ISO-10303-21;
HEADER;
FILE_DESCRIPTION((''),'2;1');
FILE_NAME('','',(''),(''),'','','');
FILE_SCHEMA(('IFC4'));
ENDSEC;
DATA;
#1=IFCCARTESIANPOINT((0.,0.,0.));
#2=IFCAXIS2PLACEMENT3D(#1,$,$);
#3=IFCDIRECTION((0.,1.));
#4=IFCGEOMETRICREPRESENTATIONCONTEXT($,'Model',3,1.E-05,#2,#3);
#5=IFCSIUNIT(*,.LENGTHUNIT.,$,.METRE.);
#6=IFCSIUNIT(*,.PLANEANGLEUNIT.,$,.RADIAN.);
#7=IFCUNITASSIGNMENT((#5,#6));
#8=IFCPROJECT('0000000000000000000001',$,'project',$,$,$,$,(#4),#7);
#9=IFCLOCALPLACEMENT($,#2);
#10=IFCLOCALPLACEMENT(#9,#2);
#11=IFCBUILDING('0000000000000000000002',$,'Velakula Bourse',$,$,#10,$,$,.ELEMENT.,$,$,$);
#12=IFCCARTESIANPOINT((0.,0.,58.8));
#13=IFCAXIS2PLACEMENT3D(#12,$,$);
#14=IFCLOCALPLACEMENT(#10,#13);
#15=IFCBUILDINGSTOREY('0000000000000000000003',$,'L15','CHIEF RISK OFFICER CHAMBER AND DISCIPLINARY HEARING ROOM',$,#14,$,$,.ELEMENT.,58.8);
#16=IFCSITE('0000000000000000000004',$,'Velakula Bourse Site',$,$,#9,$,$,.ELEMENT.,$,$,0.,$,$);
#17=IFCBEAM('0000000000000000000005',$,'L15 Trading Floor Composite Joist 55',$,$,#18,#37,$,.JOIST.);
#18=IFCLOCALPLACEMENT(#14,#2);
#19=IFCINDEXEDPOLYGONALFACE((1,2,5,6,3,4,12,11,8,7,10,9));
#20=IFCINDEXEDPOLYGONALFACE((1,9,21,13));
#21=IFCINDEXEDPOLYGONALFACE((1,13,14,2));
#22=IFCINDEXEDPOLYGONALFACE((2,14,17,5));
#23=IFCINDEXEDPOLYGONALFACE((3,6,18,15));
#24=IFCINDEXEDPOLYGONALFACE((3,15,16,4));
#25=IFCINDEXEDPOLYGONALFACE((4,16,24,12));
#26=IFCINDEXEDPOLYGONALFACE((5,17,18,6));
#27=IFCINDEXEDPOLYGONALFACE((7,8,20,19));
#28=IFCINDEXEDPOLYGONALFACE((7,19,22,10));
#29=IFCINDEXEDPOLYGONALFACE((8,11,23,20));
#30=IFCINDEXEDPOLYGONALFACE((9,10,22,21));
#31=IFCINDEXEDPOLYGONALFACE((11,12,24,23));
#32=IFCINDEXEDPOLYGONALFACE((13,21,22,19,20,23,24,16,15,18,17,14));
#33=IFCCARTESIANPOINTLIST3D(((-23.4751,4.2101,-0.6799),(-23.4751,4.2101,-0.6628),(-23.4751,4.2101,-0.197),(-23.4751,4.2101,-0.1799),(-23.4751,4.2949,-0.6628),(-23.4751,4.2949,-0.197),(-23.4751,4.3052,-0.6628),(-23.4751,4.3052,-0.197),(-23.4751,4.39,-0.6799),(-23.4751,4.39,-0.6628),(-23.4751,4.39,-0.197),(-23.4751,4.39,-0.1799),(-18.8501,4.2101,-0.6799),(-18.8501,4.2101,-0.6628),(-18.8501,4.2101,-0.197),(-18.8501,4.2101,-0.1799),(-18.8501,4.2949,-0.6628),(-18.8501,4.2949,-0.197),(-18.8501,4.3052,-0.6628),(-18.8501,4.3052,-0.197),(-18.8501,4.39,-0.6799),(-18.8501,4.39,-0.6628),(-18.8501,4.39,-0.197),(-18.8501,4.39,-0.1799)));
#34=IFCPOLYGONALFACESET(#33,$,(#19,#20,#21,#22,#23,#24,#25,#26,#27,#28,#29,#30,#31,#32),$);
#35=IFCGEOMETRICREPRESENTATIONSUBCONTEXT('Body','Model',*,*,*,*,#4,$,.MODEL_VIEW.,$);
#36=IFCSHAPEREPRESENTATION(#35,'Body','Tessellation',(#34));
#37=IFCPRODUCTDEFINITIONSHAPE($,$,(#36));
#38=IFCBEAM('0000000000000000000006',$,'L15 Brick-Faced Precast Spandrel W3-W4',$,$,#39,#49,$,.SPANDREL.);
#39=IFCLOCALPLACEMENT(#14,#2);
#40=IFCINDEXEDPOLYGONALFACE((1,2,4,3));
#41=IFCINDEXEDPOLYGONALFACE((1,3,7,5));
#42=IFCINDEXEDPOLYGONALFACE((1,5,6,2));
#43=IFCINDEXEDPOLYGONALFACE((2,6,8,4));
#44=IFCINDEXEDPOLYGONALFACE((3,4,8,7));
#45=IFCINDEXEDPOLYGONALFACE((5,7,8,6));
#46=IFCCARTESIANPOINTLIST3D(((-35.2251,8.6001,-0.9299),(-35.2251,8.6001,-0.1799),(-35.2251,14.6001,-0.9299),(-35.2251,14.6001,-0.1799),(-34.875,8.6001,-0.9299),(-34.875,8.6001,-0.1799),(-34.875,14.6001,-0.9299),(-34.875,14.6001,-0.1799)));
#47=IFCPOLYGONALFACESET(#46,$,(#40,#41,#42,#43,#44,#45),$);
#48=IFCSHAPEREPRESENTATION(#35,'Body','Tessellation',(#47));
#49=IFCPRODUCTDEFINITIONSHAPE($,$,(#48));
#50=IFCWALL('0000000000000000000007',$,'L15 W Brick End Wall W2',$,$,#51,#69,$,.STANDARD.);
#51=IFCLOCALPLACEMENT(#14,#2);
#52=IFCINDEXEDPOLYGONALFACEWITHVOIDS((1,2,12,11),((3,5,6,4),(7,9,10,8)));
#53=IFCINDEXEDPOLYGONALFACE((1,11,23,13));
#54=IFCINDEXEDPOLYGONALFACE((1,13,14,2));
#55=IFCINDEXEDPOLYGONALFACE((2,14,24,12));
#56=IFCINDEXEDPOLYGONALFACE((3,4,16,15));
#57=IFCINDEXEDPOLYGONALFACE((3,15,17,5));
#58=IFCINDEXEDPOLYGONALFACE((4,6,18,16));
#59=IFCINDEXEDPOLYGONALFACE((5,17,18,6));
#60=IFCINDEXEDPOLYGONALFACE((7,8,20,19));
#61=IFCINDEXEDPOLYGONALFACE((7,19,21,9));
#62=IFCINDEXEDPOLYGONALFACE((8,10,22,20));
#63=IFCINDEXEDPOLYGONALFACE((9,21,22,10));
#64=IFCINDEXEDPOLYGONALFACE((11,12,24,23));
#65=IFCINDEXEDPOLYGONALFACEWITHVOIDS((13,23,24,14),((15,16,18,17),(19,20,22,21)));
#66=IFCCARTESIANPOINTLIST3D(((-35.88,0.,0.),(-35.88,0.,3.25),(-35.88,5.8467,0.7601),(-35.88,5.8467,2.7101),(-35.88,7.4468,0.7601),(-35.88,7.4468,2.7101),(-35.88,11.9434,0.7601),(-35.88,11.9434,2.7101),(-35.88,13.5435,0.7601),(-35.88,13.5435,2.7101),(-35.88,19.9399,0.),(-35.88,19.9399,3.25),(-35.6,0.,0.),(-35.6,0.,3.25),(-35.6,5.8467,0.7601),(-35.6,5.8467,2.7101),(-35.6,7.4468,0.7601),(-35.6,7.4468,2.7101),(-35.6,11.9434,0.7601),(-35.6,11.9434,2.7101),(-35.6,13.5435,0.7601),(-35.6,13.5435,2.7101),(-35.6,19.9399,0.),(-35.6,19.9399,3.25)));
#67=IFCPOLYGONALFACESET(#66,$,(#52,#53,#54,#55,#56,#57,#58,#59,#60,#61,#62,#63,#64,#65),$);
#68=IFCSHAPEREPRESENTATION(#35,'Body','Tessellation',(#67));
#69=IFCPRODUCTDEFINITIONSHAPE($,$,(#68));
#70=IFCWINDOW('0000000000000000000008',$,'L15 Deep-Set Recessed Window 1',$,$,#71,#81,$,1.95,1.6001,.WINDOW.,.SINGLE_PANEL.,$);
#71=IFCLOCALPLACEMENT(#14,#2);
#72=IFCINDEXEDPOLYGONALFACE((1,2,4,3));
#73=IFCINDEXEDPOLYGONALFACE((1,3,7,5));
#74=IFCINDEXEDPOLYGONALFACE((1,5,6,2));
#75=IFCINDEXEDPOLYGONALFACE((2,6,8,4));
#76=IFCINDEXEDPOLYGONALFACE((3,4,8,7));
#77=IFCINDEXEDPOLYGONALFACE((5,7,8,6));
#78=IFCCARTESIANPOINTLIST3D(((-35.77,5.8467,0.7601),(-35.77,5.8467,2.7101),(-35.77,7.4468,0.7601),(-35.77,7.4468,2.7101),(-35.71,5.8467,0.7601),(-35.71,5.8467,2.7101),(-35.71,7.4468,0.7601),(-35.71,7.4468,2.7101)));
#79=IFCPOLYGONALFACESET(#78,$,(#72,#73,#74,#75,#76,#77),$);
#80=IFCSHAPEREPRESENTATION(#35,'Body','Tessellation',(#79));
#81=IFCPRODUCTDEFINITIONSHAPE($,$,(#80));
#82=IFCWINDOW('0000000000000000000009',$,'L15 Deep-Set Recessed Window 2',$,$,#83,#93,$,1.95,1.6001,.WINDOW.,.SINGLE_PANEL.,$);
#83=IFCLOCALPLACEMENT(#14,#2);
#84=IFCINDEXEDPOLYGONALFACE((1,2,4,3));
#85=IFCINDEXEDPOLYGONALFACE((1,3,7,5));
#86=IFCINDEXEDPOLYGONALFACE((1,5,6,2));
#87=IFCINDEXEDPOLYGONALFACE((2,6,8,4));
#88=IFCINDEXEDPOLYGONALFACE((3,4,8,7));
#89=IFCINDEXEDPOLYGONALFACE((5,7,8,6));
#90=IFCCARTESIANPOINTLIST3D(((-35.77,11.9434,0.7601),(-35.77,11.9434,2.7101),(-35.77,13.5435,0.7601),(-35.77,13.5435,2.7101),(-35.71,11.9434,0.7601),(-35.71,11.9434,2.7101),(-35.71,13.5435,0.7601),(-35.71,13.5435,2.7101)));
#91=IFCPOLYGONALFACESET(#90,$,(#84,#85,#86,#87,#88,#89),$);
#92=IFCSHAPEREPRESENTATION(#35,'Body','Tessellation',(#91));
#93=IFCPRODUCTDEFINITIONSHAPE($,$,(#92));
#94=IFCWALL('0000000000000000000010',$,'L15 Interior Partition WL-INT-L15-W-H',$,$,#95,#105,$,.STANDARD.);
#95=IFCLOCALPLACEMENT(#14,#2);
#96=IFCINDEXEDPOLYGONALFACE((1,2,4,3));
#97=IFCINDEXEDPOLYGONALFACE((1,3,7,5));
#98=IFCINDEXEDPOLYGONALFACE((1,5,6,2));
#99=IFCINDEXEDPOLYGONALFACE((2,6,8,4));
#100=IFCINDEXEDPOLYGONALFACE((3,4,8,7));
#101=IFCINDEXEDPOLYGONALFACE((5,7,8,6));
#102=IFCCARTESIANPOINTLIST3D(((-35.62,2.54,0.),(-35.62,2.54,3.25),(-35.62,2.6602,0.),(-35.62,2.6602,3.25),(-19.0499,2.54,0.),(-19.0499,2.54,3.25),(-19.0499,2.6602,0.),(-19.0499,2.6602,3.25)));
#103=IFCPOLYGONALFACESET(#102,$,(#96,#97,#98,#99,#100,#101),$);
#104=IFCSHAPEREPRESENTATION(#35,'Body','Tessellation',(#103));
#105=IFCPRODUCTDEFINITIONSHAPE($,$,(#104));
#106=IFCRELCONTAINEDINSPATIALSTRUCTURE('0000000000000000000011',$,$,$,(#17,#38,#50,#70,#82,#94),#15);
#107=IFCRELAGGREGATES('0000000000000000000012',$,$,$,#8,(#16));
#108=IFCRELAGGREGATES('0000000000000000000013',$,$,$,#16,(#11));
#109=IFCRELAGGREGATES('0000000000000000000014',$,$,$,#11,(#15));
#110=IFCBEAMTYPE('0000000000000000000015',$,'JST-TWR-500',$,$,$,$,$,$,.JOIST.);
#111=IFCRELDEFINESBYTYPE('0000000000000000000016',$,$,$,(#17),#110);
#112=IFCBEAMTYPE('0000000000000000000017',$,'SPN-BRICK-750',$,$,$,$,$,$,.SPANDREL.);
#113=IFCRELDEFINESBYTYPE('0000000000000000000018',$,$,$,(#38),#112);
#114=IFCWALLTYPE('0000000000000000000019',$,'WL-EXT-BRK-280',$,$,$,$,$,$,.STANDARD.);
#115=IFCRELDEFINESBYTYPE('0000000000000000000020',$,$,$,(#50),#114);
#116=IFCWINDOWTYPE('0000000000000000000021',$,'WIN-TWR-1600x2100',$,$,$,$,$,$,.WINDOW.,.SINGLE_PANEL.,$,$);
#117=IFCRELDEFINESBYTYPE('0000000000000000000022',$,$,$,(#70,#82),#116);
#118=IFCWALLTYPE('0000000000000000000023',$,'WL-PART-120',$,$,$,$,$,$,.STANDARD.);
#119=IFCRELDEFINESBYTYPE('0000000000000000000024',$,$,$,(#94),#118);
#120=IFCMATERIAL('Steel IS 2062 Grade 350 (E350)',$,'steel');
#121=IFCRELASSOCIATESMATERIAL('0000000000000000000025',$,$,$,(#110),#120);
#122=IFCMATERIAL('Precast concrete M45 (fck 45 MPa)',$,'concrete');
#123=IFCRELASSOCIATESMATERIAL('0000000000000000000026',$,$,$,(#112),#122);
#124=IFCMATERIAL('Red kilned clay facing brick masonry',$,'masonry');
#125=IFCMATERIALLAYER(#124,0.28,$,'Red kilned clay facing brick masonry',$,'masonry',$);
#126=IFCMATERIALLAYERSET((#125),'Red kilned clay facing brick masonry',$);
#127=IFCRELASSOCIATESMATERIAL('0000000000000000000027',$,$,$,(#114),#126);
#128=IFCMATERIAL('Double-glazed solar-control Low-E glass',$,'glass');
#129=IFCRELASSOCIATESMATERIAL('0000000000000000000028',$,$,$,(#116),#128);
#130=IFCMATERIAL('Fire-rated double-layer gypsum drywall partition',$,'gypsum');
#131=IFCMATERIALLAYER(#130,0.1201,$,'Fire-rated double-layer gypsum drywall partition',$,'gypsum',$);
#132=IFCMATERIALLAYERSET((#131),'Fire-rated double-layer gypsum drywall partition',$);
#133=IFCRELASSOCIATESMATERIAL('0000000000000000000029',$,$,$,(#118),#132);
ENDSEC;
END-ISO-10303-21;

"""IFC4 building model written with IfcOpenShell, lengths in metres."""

from ifc_helpers import new_model, si_unit, direction, frame, frame_2d, origin, origin_2d, place, context, subcontext, project, spatial, rectangle, i_section, extrude, material, layer, layer_set, material_profile, profile_set, type_object, element, fill, save


model = new_model("IFC4")

# Units and contexts
model_context = context("Model", 3, precision=1e-05, world=origin(), true_north=direction((0.0, 1.0)))
body_context = subcontext(model_context, "Body", "Model", "MODEL_VIEW")
ifc_project = project(units=[si_unit("LENGTHUNIT", "METRE"), si_unit("PLANEANGLEUNIT", "RADIAN")], contexts=[model_context])

# Site, building, storey
site_placement = place(None, origin())
site = spatial("IfcSite", under=ifc_project, at=site_placement, Name="Velakula Bourse Site", CompositionType="ELEMENT", RefElevation=0.0)
building_placement = place(site_placement, origin())
building = spatial("IfcBuilding", under=site, at=building_placement, Name="Velakula Bourse", CompositionType="ELEMENT")
storey_placement = place(building_placement, frame((0.0, 0.0, 58.8)))
storey = spatial("IfcBuildingStorey", under=building, at=storey_placement, Name="L15", Description="CHIEF RISK OFFICER CHAMBER AND DISCIPLINARY HEARING ROOM", CompositionType="ELEMENT", Elevation=58.8)

# Beams
ifc_material_1 = material(Name="Steel IS 2062 Grade 350 (E350)", Category="steel")
ifc_material_profile_1 = material_profile(ifc_material_1, i_section(OverallWidth=0.1799, OverallDepth=0.5, WebThickness=0.0103, FlangeThickness=0.0171, at=origin_2d()), Name="Steel IS 2062 Grade 350 (E350)")
ifc_profile_set_1 = profile_set([ifc_material_profile_1], Name="Steel IS 2062 Grade 350 (E350)")
beam_type_1 = type_object("IfcBeamType", Name="JST-TWR-500", PredefinedType="JOIST", material=ifc_profile_set_1)
beam_1_placement = place(storey_placement, frame((-23.4751, 4.3, -0.4299), z_axis=(1.0, 0.0, 0.0), x_axis=(0.0, 1.0, 0.0)))
element("IfcBeam", 1, at=beam_1_placement, inside=storey, type_object=beam_type_1, Name="L15 Trading Floor Composite Joist 55", PredefinedType="JOIST", context=body_context, shape_type="SweptSolid", body=[
    extrude(i_section(OverallWidth=0.1799, OverallDepth=0.5, WebThickness=0.0103, FlangeThickness=0.0171, at=origin_2d()), origin(), (0.0, 0.0, 1.0), 4.625),
])
ifc_material_2 = material(Name="Precast concrete M45 (fck 45 MPa)", Category="concrete")
ifc_material_profile_2 = material_profile(ifc_material_2, rectangle(XDim=0.3501, YDim=0.75, at=origin_2d()), Name="Precast concrete M45 (fck 45 MPa)")
ifc_profile_set_2 = profile_set([ifc_material_profile_2], Name="Precast concrete M45 (fck 45 MPa)")
beam_type_2 = type_object("IfcBeamType", Name="SPN-BRICK-750", PredefinedType="SPANDREL", material=ifc_profile_set_2)
beam_2_placement = place(storey_placement, frame((-35.05, 8.6001, -0.5549), z_axis=(0.0, 1.0, 0.0), x_axis=(-1.0, 0.0, 0.0)))
element("IfcBeam", 2, at=beam_2_placement, inside=storey, type_object=beam_type_2, Name="L15 Brick-Faced Precast Spandrel W3-W4", PredefinedType="SPANDREL", context=body_context, shape_type="SweptSolid", body=[
    extrude(rectangle(XDim=0.3501, YDim=0.75, at=origin_2d()), origin(), (0.0, 0.0, 1.0), 6.0),
])

# Wall, openings, windows
ifc_material_3 = material(Name="Red kilned clay facing brick masonry", Category="masonry")
ifc_layer_1 = layer(ifc_material_3, 0.28, Name="Red kilned clay facing brick masonry", Category="masonry")
ifc_layer_set_1 = layer_set([ifc_layer_1], Name="Red kilned clay facing brick masonry")
wall_type_1 = type_object("IfcWallType", Name="WL-EXT-BRK-280", PredefinedType="STANDARD", material=ifc_layer_set_1)
wall_1_placement = place(storey_placement, frame((-35.74, 0.0, 0.0), z_axis=(0.0, 0.0, 1.0), x_axis=(0.0, 1.0, 0.0)))
wall_1 = element("IfcWall", 3, at=wall_1_placement, inside=storey, type_object=wall_type_1, Name="L15 W Brick End Wall W2", PredefinedType="STANDARD", context=body_context, shape_type="SweptSolid", body=[
    extrude(rectangle(XDim=19.9399, YDim=0.28, at=frame_2d((9.97, 0.0))), origin(), (0.0, 0.0, 1.0), 3.25),
])
opening_1_placement = place(wall_1_placement, frame((5.8467, 0.0, 0.76)))
opening_1 = element("IfcOpeningElement", 4, at=opening_1_placement, cuts=wall_1, PredefinedType="OPENING", context=body_context, shape_type="SweptSolid", body=[
    extrude(rectangle(XDim=1.6001, YDim=1.95, at=frame_2d((0.8, 0.9751))), frame((0.0, 0.1499, 0.0), z_axis=(0.0, -1.0, 0.0), x_axis=(1.0, 0.0, 0.0)), (0.0, 0.0, 1.0), 0.3),
])
opening_2_placement = place(wall_1_placement, frame((11.9434, 0.0, 0.76)))
opening_2 = element("IfcOpeningElement", 5, at=opening_2_placement, cuts=wall_1, PredefinedType="OPENING", context=body_context, shape_type="SweptSolid", body=[
    extrude(rectangle(XDim=1.6001, YDim=1.95, at=frame_2d((0.8, 0.9751))), frame((0.0, 0.1499, 0.0), z_axis=(0.0, -1.0, 0.0), x_axis=(1.0, 0.0, 0.0)), (0.0, 0.0, 1.0), 0.3),
])
ifc_material_4 = material(Name="Double-glazed solar-control Low-E glass", Category="glass")
window_type = type_object("IfcWindowType", Name="WIN-TWR-1600x2100", PartitioningType="SINGLE_PANEL", PredefinedType="WINDOW", material=ifc_material_4)
window_1_placement = place(opening_1_placement, origin())
window_1 = element("IfcWindow", 6, at=window_1_placement, inside=storey, type_object=window_type, Name="L15 Deep-Set Recessed Window 1", OverallHeight=1.95, OverallWidth=1.6001, PartitioningType="SINGLE_PANEL", PredefinedType="WINDOW", context=body_context, shape_type="SweptSolid", body=[
    extrude(rectangle(XDim=1.6001, YDim=1.95, at=frame_2d((0.8, 0.9751))), frame((0.0, 0.03, 0.0), z_axis=(0.0, -1.0, 0.0), x_axis=(1.0, 0.0, 0.0)), (0.0, 0.0, 1.0), 0.0601),
])
fill(opening_1, window_1)
window_2_placement = place(opening_2_placement, origin())
window_2 = element("IfcWindow", 7, at=window_2_placement, inside=storey, type_object=window_type, Name="L15 Deep-Set Recessed Window 2", OverallHeight=1.95, OverallWidth=1.6001, PartitioningType="SINGLE_PANEL", PredefinedType="WINDOW", context=body_context, shape_type="SweptSolid", body=[
    extrude(rectangle(XDim=1.6001, YDim=1.95, at=frame_2d((0.8, 0.9751))), frame((0.0, 0.03, 0.0), z_axis=(0.0, -1.0, 0.0), x_axis=(1.0, 0.0, 0.0)), (0.0, 0.0, 1.0), 0.0601),
])
fill(opening_2, window_2)

# Wall
ifc_material_5 = material(Name="Fire-rated double-layer gypsum drywall partition", Category="gypsum")
ifc_layer_2 = layer(ifc_material_5, 0.1201, Name="Fire-rated double-layer gypsum drywall partition", Category="gypsum")
ifc_layer_set_2 = layer_set([ifc_layer_2], Name="Fire-rated double-layer gypsum drywall partition")
wall_type_2 = type_object("IfcWallType", Name="WL-PART-120", PredefinedType="STANDARD", material=ifc_layer_set_2)
wall_2_placement = place(storey_placement, frame((-35.6201, 2.6001, 0.0), z_axis=(0.0, 0.0, 1.0), x_axis=(1.0, 0.0, 0.0)))
element("IfcWall", 8, at=wall_2_placement, inside=storey, type_object=wall_type_2, Name="L15 Interior Partition WL-INT-L15-W-H", PredefinedType="STANDARD", context=body_context, shape_type="SweptSolid", body=[
    extrude(rectangle(XDim=16.5701, YDim=0.1201, at=frame_2d((8.2852, 0.0))), origin(), (0.0, 0.0, 1.0), 3.25),
])

save(model, "model.ifc")
